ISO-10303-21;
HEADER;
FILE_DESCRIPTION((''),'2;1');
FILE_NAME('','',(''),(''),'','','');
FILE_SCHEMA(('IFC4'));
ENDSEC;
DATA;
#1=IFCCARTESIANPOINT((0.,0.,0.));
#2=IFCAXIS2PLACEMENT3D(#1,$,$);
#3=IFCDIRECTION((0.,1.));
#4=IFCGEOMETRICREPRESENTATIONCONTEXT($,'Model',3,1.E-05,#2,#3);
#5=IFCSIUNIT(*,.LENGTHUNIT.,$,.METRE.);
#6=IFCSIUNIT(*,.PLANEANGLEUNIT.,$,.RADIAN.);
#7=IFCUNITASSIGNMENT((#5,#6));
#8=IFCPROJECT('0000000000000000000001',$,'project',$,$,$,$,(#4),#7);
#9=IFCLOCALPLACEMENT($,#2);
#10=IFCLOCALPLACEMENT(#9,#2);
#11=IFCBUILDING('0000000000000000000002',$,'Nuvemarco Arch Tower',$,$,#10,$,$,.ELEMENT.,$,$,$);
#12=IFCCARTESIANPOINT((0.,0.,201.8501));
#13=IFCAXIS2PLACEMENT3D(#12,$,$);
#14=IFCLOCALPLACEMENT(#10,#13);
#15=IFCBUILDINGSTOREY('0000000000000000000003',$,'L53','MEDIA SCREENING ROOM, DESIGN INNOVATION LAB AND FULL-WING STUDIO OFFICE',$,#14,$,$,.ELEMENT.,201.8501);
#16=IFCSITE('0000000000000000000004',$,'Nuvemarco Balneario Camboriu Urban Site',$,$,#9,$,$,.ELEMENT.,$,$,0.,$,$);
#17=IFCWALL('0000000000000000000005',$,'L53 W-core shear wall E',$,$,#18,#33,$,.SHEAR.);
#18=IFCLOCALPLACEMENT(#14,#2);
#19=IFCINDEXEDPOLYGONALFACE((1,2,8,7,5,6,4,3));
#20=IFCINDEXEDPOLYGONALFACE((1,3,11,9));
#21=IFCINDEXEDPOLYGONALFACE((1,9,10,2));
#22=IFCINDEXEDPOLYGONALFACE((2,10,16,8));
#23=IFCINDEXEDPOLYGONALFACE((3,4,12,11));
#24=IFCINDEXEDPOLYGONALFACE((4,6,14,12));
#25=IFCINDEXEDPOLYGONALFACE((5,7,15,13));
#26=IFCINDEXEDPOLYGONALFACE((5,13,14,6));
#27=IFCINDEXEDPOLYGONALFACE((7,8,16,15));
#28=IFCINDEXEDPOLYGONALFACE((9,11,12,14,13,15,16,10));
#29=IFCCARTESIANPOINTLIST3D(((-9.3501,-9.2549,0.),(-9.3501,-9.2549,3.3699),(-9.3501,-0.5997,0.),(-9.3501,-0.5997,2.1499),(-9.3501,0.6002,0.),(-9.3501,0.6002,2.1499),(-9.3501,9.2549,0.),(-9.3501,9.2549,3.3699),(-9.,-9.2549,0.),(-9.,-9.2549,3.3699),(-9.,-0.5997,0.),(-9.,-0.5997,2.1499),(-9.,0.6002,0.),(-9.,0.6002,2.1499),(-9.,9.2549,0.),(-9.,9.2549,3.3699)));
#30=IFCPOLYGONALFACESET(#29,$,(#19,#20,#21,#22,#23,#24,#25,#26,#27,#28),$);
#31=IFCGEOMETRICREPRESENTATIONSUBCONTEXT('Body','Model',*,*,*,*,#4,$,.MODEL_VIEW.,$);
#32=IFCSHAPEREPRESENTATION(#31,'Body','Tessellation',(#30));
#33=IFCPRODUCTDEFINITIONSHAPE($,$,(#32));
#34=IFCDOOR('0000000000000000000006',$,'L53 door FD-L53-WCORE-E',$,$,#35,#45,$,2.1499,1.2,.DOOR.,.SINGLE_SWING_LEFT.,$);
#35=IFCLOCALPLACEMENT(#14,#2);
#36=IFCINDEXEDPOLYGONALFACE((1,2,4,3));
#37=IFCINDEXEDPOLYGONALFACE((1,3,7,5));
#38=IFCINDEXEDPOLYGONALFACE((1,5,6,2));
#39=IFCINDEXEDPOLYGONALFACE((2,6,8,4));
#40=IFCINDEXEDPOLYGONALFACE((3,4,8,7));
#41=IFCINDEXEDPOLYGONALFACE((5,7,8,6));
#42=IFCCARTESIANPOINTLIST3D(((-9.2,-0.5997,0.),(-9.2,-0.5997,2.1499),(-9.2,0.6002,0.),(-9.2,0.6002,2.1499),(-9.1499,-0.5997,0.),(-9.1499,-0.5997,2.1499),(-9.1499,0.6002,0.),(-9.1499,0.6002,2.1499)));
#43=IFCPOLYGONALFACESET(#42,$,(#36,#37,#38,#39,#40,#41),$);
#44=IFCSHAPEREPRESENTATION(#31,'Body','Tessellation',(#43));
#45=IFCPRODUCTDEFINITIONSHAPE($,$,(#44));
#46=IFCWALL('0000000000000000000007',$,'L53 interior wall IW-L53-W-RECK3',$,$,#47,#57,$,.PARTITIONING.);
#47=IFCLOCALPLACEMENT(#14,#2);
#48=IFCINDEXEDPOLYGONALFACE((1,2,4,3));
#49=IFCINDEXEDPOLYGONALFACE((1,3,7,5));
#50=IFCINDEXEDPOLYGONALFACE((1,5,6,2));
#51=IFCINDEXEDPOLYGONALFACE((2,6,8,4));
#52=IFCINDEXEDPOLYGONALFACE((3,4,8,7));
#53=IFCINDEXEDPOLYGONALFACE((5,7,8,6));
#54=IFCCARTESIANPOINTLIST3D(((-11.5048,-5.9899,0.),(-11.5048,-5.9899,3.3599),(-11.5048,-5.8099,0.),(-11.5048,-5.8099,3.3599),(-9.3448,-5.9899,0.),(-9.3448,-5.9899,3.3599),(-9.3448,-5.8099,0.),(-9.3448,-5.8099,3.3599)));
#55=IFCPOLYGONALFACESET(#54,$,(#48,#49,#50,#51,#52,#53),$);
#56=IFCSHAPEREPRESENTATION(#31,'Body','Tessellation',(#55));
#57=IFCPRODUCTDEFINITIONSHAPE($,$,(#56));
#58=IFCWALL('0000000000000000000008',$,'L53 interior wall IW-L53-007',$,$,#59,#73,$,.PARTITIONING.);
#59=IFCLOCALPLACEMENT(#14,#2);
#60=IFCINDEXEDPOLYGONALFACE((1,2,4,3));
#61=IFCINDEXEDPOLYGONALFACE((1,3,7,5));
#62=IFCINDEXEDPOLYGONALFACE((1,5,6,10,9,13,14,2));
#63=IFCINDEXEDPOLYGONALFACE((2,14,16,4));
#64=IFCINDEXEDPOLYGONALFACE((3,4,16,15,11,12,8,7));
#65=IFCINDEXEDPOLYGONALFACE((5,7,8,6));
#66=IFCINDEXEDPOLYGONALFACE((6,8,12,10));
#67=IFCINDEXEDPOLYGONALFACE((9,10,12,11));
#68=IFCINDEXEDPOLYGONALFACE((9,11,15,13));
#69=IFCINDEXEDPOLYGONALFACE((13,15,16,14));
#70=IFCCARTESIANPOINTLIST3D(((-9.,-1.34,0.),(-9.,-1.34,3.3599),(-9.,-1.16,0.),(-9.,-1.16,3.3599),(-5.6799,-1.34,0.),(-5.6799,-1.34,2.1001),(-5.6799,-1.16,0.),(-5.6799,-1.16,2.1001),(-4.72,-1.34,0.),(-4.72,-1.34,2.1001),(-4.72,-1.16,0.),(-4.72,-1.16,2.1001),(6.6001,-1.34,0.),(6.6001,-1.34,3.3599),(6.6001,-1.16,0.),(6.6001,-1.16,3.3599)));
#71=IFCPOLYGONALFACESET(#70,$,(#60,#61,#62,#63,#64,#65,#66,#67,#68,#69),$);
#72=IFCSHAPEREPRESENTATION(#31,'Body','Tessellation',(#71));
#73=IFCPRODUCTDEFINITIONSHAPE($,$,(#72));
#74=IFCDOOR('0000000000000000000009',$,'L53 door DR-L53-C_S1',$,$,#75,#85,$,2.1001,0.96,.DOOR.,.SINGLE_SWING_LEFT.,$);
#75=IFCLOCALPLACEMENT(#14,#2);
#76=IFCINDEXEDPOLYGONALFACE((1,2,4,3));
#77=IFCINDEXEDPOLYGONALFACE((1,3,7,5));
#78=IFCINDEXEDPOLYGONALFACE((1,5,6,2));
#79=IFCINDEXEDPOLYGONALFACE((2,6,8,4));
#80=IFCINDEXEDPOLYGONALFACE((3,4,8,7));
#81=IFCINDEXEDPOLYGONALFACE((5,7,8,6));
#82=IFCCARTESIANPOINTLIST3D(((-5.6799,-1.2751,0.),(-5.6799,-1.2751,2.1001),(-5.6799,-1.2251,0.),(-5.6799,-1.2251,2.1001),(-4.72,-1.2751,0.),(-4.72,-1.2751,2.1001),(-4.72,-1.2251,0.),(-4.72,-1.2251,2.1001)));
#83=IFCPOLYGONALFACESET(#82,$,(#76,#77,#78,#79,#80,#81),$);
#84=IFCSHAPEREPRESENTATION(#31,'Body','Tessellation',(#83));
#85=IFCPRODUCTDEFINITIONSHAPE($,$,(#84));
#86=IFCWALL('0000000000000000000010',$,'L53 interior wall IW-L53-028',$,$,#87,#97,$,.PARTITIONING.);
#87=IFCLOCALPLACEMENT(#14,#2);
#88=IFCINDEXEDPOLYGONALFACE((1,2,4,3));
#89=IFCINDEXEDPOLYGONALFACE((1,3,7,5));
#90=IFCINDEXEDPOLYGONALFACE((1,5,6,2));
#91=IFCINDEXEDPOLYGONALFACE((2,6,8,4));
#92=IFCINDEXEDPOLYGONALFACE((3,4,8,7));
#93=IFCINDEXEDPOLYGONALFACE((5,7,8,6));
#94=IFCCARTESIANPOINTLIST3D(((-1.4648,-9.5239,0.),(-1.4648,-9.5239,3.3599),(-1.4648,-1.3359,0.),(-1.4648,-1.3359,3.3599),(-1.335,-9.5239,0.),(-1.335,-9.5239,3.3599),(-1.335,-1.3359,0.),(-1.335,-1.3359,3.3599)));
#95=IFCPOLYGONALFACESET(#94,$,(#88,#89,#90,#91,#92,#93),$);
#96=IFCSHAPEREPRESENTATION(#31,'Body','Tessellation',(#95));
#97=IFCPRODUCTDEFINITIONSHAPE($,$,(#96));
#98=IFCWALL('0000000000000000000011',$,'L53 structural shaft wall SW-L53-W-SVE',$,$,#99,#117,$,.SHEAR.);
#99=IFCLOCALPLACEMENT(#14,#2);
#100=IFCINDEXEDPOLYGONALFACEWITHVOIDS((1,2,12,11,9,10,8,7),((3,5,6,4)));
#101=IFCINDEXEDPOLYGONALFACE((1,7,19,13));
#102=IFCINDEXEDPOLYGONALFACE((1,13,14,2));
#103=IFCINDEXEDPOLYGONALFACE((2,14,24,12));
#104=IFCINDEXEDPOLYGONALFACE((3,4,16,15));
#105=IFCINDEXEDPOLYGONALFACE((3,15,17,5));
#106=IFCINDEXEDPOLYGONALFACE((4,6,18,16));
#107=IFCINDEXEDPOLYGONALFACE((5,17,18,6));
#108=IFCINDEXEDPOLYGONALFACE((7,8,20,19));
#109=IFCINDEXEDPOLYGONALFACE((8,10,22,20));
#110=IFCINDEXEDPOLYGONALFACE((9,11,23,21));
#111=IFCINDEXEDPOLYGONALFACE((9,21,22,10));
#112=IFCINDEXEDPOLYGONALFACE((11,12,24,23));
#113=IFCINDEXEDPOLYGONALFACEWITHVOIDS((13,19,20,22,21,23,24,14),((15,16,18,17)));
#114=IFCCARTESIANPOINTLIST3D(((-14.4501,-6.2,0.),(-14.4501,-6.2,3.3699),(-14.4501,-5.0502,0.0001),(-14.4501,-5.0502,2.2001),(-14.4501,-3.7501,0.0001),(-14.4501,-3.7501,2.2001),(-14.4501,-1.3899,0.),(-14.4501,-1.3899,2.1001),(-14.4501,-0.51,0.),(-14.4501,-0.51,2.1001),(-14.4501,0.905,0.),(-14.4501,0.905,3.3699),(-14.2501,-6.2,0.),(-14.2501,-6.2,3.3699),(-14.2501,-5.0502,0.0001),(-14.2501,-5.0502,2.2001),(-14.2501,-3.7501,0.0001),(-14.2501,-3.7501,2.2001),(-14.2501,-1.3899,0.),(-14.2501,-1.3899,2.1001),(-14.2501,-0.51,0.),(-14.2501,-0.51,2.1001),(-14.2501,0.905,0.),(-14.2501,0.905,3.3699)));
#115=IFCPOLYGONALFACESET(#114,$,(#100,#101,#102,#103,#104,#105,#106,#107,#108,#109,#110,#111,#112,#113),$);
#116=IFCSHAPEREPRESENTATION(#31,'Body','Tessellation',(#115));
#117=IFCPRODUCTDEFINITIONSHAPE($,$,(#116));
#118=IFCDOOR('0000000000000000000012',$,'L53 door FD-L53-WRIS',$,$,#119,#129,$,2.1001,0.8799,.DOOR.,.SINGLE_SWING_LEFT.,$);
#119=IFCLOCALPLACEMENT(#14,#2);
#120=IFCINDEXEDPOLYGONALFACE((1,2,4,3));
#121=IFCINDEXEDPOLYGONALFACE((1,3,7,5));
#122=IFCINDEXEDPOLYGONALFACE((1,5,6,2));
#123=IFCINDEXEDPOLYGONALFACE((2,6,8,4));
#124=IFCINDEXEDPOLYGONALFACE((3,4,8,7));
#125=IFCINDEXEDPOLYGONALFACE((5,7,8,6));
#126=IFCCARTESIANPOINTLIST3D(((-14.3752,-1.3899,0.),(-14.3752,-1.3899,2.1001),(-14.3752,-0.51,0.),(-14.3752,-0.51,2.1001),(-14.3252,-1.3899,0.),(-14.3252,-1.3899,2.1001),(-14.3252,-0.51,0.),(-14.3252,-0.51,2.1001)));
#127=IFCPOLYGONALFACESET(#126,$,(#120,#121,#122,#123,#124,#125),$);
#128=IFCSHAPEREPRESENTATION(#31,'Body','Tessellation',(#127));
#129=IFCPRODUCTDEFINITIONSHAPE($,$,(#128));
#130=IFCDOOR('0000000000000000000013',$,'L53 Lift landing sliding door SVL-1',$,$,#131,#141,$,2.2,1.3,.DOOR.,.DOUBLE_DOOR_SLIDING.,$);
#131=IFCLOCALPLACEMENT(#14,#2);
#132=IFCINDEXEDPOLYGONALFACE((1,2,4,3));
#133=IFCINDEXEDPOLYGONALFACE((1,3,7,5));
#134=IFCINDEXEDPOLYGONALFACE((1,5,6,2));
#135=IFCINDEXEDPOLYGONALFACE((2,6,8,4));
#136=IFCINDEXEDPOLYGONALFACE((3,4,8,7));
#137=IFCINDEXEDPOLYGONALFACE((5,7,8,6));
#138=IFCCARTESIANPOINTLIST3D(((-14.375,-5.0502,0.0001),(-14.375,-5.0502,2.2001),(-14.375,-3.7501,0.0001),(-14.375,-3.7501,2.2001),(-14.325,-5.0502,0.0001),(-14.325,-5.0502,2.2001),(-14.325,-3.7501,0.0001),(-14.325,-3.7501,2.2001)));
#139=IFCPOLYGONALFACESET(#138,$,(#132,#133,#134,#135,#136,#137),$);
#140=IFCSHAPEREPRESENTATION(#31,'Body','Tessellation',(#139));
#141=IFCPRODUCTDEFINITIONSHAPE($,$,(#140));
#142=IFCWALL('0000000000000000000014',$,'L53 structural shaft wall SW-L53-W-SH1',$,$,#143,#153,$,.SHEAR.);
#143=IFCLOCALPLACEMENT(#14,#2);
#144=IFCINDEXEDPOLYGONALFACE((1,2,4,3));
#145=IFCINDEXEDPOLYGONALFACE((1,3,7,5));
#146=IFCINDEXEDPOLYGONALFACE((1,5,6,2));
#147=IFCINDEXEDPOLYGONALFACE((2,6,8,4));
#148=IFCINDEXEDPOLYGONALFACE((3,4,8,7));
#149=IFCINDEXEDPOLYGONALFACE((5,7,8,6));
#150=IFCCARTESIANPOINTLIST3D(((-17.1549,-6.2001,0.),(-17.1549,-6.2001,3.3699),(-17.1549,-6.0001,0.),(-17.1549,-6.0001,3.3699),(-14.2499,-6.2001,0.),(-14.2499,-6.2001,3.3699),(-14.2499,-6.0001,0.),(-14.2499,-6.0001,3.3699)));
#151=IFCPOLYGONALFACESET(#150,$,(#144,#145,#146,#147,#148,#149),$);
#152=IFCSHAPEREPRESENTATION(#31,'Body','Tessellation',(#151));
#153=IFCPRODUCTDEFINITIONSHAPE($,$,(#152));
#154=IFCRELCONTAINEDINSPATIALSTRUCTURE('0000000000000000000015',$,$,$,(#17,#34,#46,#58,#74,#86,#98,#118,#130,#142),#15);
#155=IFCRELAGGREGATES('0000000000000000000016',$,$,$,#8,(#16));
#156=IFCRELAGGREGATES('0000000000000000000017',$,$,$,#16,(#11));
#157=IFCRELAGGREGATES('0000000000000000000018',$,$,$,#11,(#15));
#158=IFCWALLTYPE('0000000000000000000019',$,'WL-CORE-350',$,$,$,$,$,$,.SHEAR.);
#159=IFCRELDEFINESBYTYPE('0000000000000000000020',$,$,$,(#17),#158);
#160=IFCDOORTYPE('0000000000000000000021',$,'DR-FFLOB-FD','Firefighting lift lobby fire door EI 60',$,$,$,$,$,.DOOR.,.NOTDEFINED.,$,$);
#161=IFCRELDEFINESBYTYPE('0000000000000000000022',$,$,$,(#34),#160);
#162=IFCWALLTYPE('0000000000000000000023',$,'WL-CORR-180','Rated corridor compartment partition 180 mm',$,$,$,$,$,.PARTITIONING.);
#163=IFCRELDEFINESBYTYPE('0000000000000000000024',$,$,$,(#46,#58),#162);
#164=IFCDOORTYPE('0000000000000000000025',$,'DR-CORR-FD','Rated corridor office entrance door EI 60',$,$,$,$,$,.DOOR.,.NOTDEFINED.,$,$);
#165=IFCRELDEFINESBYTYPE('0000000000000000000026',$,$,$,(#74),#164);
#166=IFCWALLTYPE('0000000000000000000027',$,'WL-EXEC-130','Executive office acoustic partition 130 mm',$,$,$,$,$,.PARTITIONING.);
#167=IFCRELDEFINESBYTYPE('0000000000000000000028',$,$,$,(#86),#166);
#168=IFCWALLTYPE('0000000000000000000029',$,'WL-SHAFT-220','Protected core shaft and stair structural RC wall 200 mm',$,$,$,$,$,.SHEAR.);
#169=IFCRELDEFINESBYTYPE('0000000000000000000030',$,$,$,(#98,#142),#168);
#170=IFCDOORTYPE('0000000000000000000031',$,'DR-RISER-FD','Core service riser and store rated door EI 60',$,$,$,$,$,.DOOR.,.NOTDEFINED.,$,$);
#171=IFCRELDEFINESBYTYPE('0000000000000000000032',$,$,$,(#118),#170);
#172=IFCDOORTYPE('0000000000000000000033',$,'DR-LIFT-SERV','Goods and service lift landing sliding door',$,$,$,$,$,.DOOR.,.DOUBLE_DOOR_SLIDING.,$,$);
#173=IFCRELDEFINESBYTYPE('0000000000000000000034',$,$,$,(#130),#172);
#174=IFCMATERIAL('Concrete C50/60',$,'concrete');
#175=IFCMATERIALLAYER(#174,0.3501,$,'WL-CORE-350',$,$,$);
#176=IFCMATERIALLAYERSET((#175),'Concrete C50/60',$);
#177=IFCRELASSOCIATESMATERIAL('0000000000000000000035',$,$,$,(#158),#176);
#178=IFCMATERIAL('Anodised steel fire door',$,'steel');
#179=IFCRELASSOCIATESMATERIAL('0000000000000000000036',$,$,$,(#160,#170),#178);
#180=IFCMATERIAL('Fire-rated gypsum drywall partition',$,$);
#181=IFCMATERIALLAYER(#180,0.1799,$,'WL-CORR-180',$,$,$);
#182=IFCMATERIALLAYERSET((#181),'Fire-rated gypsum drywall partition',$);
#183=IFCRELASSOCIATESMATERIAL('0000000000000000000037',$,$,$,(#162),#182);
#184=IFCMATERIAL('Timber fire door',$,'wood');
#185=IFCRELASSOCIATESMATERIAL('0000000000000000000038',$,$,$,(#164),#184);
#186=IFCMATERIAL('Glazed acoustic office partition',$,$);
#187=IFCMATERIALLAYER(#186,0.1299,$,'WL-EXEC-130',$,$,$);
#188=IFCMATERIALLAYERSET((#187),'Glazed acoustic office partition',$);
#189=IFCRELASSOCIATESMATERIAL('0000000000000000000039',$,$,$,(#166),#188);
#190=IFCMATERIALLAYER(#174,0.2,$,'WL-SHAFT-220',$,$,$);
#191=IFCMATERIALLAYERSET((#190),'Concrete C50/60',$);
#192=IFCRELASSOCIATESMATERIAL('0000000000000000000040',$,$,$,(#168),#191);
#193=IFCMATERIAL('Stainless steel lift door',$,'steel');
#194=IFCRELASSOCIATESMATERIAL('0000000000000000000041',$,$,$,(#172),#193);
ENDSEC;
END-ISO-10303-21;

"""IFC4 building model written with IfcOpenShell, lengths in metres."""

from ifc_helpers import new_model, si_unit, direction, frame, frame_2d, origin, place, context, subcontext, project, spatial, rectangle, extrude, source, transform, mapped, material, layer, layer_set, type_object, type_shapes, element, fill, save


model = new_model("IFC4")

# Units and contexts
model_context = context("Model", 3, precision=1e-05, world=origin(), true_north=direction((0.0, 1.0)))
body_context = subcontext(model_context, "Body", "Model", "MODEL_VIEW")
ifc_project = project(units=[si_unit("LENGTHUNIT", "METRE"), si_unit("PLANEANGLEUNIT", "RADIAN")], contexts=[model_context])

# Site, building, storey
site_placement = place(None, origin())
site = spatial("IfcSite", under=ifc_project, at=site_placement, Name="Nuvemarco Balneario Camboriu Urban Site", CompositionType="ELEMENT", RefElevation=0.0)
building_placement = place(site_placement, origin())
building = spatial("IfcBuilding", under=site, at=building_placement, Name="Nuvemarco Arch Tower", CompositionType="ELEMENT")
storey_placement = place(building_placement, frame((0.0, 0.0, 201.8501)))
storey = spatial("IfcBuildingStorey", under=building, at=storey_placement, Name="L53", Description="MEDIA SCREENING ROOM, DESIGN INNOVATION LAB AND FULL-WING STUDIO OFFICE", CompositionType="ELEMENT", Elevation=201.8501)

# Shared definitions
ifc_material_1 = material(Name="Concrete C50/60", Category="concrete")

# Wall, opening, door
ifc_layer_1 = layer(ifc_material_1, 0.3501, Name="WL-CORE-350")
ifc_layer_set_1 = layer_set([ifc_layer_1], Name="Concrete C50/60")
wall_type_1 = type_object("IfcWallType", Name="WL-CORE-350", PredefinedType="SHEAR", material=ifc_layer_set_1)
wall_1_placement = place(storey_placement, frame((-9.175, -9.2549, 0.0), z_axis=(0.0, 0.0, 1.0), x_axis=(0.0, 1.0, 0.0)))
wall_1 = element("IfcWall", 1, at=wall_1_placement, inside=storey, type_object=wall_type_1, Name="L53 W-core shear wall E", PredefinedType="SHEAR", context=body_context, shape_type="SweptSolid", body=[
    extrude(rectangle(XDim=18.5098, YDim=0.3501, at=frame_2d((9.2549, 0.0))), origin(), (0.0, 0.0, 1.0), 3.3699),
])
opening_1_placement = place(wall_1_placement, frame((8.655, 0.0, 0.0)))
opening_1 = element("IfcOpeningElement", 2, at=opening_1_placement, cuts=wall_1, PredefinedType="OPENING", context=body_context, shape_type="SweptSolid", body=[
    extrude(rectangle(XDim=1.2, YDim=2.1499, at=frame_2d((0.6001, 1.075))), frame((0.0, 0.1851, 0.0), z_axis=(0.0, -1.0, 0.0), x_axis=(1.0, 0.0, 0.0)), (0.0, 0.0, 1.0), 0.3701),
])
ifc_material_2 = material(Name="Anodised steel fire door", Category="steel")
door_type_1 = type_object("IfcDoorType", Name="DR-FFLOB-FD", Description="Firefighting lift lobby fire door EI 60", OperationType="NOTDEFINED", PredefinedType="DOOR", material=ifc_material_2)
shared_shape_1 = source(origin(), body_context, "Body", "SweptSolid", [
    extrude(rectangle(XDim=1.2, YDim=2.1499, at=frame_2d((0.6001, 1.075))), frame((0.0, 0.0249, 0.0), z_axis=(0.0, -1.0, 0.0), x_axis=(1.0, 0.0, 0.0)), (0.0, 0.0, 1.0), 0.05),
])
type_shapes(door_type_1, [shared_shape_1])
door_1_placement = place(opening_1_placement, origin())
door_1 = element("IfcDoor", 3, at=door_1_placement, inside=storey, type_object=door_type_1, Name="L53 door FD-L53-WCORE-E", OperationType="SINGLE_SWING_LEFT", OverallHeight=2.1499, OverallWidth=1.2, PredefinedType="DOOR", context=body_context, shape_type="MappedRepresentation", body=[
    mapped(shared_shape_1, transform((0.0, 0.0, 0.0), scale=1.0)),
])
fill(opening_1, door_1)

# Wall
ifc_material_3 = material(Name="Fire-rated gypsum drywall partition")
ifc_layer_2 = layer(ifc_material_3, 0.1799, Name="WL-CORR-180")
ifc_layer_set_2 = layer_set([ifc_layer_2], Name="Fire-rated gypsum drywall partition")
wall_type_2 = type_object("IfcWallType", Name="WL-CORR-180", Description="Rated corridor compartment partition 180 mm", PredefinedType="PARTITIONING", material=ifc_layer_set_2)
wall_2_placement = place(storey_placement, frame((-11.5049, -5.8999, 0.0), z_axis=(0.0, 0.0, 1.0), x_axis=(1.0, 0.0, 0.0)))
element("IfcWall", 4, at=wall_2_placement, inside=storey, type_object=wall_type_2, Name="L53 interior wall IW-L53-W-RECK3", PredefinedType="PARTITIONING", context=body_context, shape_type="SweptSolid", body=[
    extrude(rectangle(XDim=2.1599, YDim=0.1799, at=frame_2d((1.0801, 0.0))), origin(), (0.0, 0.0, 1.0), 3.3599),
])

# Wall, opening, door
wall_3_placement = place(storey_placement, frame((-9.0, -1.25, 0.0), z_axis=(0.0, 0.0, 1.0), x_axis=(1.0, 0.0, 0.0)))
wall_3 = element("IfcWall", 5, at=wall_3_placement, inside=storey, type_object=wall_type_2, Name="L53 interior wall IW-L53-007", PredefinedType="PARTITIONING", context=body_context, shape_type="SweptSolid", body=[
    extrude(rectangle(XDim=15.6001, YDim=0.1799, at=frame_2d((7.8, 0.0))), origin(), (0.0, 0.0, 1.0), 3.3599),
])
opening_2_placement = place(wall_3_placement, frame((3.3201, 0.0, 0.0)))
opening_2 = element("IfcOpeningElement", 6, at=opening_2_placement, cuts=wall_3, PredefinedType="OPENING", context=body_context, shape_type="SweptSolid", body=[
    extrude(rectangle(XDim=0.96, YDim=2.1001, at=frame_2d((0.48, 1.05))), frame((0.0, 0.0999, 0.0), z_axis=(0.0, -1.0, 0.0), x_axis=(1.0, 0.0, 0.0)), (0.0, 0.0, 1.0), 0.2),
])
ifc_material_4 = material(Name="Timber fire door", Category="wood")
door_type_2 = type_object("IfcDoorType", Name="DR-CORR-FD", Description="Rated corridor office entrance door EI 60", OperationType="NOTDEFINED", PredefinedType="DOOR", material=ifc_material_4)
shared_shape_2 = source(origin(), body_context, "Body", "SweptSolid", [
    extrude(rectangle(XDim=0.96, YDim=2.1001, at=frame_2d((0.48, 1.05))), frame((0.0, 0.0249, 0.0), z_axis=(0.0, -1.0, 0.0), x_axis=(1.0, 0.0, 0.0)), (0.0, 0.0, 1.0), 0.05),
])
type_shapes(door_type_2, [shared_shape_2])
door_2_placement = place(opening_2_placement, origin())
door_2 = element("IfcDoor", 7, at=door_2_placement, inside=storey, type_object=door_type_2, Name="L53 door DR-L53-C_S1", OperationType="SINGLE_SWING_LEFT", OverallHeight=2.1001, OverallWidth=0.96, PredefinedType="DOOR", context=body_context, shape_type="MappedRepresentation", body=[
    mapped(shared_shape_2, transform((0.0, 0.0, 0.0), scale=1.0)),
])
fill(opening_2, door_2)

# Wall
ifc_material_5 = material(Name="Glazed acoustic office partition")
ifc_layer_3 = layer(ifc_material_5, 0.1299, Name="WL-EXEC-130")
ifc_layer_set_3 = layer_set([ifc_layer_3], Name="Glazed acoustic office partition")
wall_type_3 = type_object("IfcWallType", Name="WL-EXEC-130", Description="Executive office acoustic partition 130 mm", PredefinedType="PARTITIONING", material=ifc_layer_set_3)
wall_4_placement = place(storey_placement, frame((-1.3999, -9.5239, 0.0), z_axis=(0.0, 0.0, 1.0), x_axis=(0.0, 1.0, 0.0)))
element("IfcWall", 8, at=wall_4_placement, inside=storey, type_object=wall_type_3, Name="L53 interior wall IW-L53-028", PredefinedType="PARTITIONING", context=body_context, shape_type="SweptSolid", body=[
    extrude(rectangle(XDim=8.188, YDim=0.1299, at=frame_2d((4.094, 0.0))), origin(), (0.0, 0.0, 1.0), 3.3599),
])

# Shared definitions
ifc_layer_4 = layer(ifc_material_1, 0.2, Name="WL-SHAFT-220")
ifc_layer_set_4 = layer_set([ifc_layer_4], Name="Concrete C50/60")
wall_type_4 = type_object("IfcWallType", Name="WL-SHAFT-220", Description="Protected core shaft and stair structural RC wall 200 mm", PredefinedType="SHEAR", material=ifc_layer_set_4)
ifc_material_6 = material(Name="Stainless steel lift door", Category="steel")

# Wall, openings, doors
wall_5_placement = place(storey_placement, frame((-14.3501, -6.2, 0.0), z_axis=(0.0, 0.0, 1.0), x_axis=(0.0, 1.0, 0.0)))
wall_5 = element("IfcWall", 9, at=wall_5_placement, inside=storey, type_object=wall_type_4, Name="L53 structural shaft wall SW-L53-W-SVE", PredefinedType="SHEAR", context=body_context, shape_type="SweptSolid", body=[
    extrude(rectangle(XDim=7.105, YDim=0.2, at=frame_2d((3.5525, 0.0))), origin(), (0.0, 0.0, 1.0), 3.3699),
])
opening_3_placement = place(wall_5_placement, frame((5.6899, 0.0, 0.0), z_axis=(0.0, 0.0, 1.0), x_axis=(-1.0, 0.0, 0.0)))
opening_3 = element("IfcOpeningElement", 10, at=opening_3_placement, cuts=wall_5, PredefinedType="OPENING", context=body_context, shape_type="SweptSolid", body=[
    extrude(rectangle(XDim=0.8799, YDim=2.1001, at=frame_2d((0.4399, 1.05))), frame((0.0, 0.1099, 0.0), z_axis=(0.0, -1.0, 0.0), x_axis=(1.0, 0.0, 0.0)), (0.0, 0.0, 1.0), 0.22),
])
opening_4_placement = place(wall_5_placement, frame((1.1499, 0.0, 0.0)))
opening_4 = element("IfcOpeningElement", 11, at=opening_4_placement, cuts=wall_5, PredefinedType="OPENING", context=body_context, shape_type="SweptSolid", body=[
    extrude(rectangle(XDim=1.3, YDim=2.2, at=frame_2d((0.6499, 1.1001))), frame((0.0, 0.1099, 0.0), z_axis=(0.0, -1.0, 0.0), x_axis=(1.0, 0.0, 0.0)), (0.0, 0.0, 1.0), 0.22),
])
door_type_3 = type_object("IfcDoorType", Name="DR-RISER-FD", Description="Core service riser and store rated door EI 60", OperationType="NOTDEFINED", PredefinedType="DOOR", material=ifc_material_2)
shared_shape_3 = source(origin(), body_context, "Body", "SweptSolid", [
    extrude(rectangle(XDim=0.8799, YDim=2.1001, at=frame_2d((0.4399, 1.05))), frame((0.0, 0.0249, 0.0), z_axis=(0.0, -1.0, 0.0), x_axis=(1.0, 0.0, 0.0)), (0.0, 0.0, 1.0), 0.05),
])
type_shapes(door_type_3, [shared_shape_3])
door_3_placement = place(opening_3_placement, origin())
door_3 = element("IfcDoor", 12, at=door_3_placement, inside=storey, type_object=door_type_3, Name="L53 door FD-L53-WRIS", OperationType="SINGLE_SWING_LEFT", OverallHeight=2.1001, OverallWidth=0.8799, PredefinedType="DOOR", context=body_context, shape_type="MappedRepresentation", body=[
    mapped(shared_shape_3, transform((0.0, 0.0, 0.0), scale=1.0)),
])
fill(opening_3, door_3)
door_type_4 = type_object("IfcDoorType", Name="DR-LIFT-SERV", Description="Goods and service lift landing sliding door", OperationType="DOUBLE_DOOR_SLIDING", PredefinedType="DOOR", material=ifc_material_6)
shared_shape_4 = source(origin(), body_context, "Body", "SweptSolid", [
    extrude(rectangle(XDim=1.3, YDim=2.2, at=frame_2d((0.6499, 1.1001))), frame((0.0, 0.0249, 0.0), z_axis=(0.0, -1.0, 0.0), x_axis=(1.0, 0.0, 0.0)), (0.0, 0.0, 1.0), 0.05),
])
type_shapes(door_type_4, [shared_shape_4])
door_4_placement = place(opening_4_placement, origin())
door_4 = element("IfcDoor", 13, at=door_4_placement, inside=storey, type_object=door_type_4, Name="L53 Lift landing sliding door SVL-1", OperationType="DOUBLE_DOOR_SLIDING", OverallHeight=2.2, OverallWidth=1.3, PredefinedType="DOOR", context=body_context, shape_type="MappedRepresentation", body=[
    mapped(shared_shape_4, transform((0.0, 0.0, 0.0), scale=1.0)),
])
fill(opening_4, door_4)

# Wall
wall_6_placement = place(storey_placement, frame((-17.155, -6.1001, 0.0), z_axis=(0.0, 0.0, 1.0), x_axis=(1.0, 0.0, 0.0)))
element("IfcWall", 14, at=wall_6_placement, inside=storey, type_object=wall_type_4, Name="L53 structural shaft wall SW-L53-W-SH1", PredefinedType="SHEAR", context=body_context, shape_type="SweptSolid", body=[
    extrude(rectangle(XDim=2.905, YDim=0.2, at=frame_2d((1.4526, 0.0))), origin(), (0.0, 0.0, 1.0), 3.3699),
])

save(model, "model.ifc")
